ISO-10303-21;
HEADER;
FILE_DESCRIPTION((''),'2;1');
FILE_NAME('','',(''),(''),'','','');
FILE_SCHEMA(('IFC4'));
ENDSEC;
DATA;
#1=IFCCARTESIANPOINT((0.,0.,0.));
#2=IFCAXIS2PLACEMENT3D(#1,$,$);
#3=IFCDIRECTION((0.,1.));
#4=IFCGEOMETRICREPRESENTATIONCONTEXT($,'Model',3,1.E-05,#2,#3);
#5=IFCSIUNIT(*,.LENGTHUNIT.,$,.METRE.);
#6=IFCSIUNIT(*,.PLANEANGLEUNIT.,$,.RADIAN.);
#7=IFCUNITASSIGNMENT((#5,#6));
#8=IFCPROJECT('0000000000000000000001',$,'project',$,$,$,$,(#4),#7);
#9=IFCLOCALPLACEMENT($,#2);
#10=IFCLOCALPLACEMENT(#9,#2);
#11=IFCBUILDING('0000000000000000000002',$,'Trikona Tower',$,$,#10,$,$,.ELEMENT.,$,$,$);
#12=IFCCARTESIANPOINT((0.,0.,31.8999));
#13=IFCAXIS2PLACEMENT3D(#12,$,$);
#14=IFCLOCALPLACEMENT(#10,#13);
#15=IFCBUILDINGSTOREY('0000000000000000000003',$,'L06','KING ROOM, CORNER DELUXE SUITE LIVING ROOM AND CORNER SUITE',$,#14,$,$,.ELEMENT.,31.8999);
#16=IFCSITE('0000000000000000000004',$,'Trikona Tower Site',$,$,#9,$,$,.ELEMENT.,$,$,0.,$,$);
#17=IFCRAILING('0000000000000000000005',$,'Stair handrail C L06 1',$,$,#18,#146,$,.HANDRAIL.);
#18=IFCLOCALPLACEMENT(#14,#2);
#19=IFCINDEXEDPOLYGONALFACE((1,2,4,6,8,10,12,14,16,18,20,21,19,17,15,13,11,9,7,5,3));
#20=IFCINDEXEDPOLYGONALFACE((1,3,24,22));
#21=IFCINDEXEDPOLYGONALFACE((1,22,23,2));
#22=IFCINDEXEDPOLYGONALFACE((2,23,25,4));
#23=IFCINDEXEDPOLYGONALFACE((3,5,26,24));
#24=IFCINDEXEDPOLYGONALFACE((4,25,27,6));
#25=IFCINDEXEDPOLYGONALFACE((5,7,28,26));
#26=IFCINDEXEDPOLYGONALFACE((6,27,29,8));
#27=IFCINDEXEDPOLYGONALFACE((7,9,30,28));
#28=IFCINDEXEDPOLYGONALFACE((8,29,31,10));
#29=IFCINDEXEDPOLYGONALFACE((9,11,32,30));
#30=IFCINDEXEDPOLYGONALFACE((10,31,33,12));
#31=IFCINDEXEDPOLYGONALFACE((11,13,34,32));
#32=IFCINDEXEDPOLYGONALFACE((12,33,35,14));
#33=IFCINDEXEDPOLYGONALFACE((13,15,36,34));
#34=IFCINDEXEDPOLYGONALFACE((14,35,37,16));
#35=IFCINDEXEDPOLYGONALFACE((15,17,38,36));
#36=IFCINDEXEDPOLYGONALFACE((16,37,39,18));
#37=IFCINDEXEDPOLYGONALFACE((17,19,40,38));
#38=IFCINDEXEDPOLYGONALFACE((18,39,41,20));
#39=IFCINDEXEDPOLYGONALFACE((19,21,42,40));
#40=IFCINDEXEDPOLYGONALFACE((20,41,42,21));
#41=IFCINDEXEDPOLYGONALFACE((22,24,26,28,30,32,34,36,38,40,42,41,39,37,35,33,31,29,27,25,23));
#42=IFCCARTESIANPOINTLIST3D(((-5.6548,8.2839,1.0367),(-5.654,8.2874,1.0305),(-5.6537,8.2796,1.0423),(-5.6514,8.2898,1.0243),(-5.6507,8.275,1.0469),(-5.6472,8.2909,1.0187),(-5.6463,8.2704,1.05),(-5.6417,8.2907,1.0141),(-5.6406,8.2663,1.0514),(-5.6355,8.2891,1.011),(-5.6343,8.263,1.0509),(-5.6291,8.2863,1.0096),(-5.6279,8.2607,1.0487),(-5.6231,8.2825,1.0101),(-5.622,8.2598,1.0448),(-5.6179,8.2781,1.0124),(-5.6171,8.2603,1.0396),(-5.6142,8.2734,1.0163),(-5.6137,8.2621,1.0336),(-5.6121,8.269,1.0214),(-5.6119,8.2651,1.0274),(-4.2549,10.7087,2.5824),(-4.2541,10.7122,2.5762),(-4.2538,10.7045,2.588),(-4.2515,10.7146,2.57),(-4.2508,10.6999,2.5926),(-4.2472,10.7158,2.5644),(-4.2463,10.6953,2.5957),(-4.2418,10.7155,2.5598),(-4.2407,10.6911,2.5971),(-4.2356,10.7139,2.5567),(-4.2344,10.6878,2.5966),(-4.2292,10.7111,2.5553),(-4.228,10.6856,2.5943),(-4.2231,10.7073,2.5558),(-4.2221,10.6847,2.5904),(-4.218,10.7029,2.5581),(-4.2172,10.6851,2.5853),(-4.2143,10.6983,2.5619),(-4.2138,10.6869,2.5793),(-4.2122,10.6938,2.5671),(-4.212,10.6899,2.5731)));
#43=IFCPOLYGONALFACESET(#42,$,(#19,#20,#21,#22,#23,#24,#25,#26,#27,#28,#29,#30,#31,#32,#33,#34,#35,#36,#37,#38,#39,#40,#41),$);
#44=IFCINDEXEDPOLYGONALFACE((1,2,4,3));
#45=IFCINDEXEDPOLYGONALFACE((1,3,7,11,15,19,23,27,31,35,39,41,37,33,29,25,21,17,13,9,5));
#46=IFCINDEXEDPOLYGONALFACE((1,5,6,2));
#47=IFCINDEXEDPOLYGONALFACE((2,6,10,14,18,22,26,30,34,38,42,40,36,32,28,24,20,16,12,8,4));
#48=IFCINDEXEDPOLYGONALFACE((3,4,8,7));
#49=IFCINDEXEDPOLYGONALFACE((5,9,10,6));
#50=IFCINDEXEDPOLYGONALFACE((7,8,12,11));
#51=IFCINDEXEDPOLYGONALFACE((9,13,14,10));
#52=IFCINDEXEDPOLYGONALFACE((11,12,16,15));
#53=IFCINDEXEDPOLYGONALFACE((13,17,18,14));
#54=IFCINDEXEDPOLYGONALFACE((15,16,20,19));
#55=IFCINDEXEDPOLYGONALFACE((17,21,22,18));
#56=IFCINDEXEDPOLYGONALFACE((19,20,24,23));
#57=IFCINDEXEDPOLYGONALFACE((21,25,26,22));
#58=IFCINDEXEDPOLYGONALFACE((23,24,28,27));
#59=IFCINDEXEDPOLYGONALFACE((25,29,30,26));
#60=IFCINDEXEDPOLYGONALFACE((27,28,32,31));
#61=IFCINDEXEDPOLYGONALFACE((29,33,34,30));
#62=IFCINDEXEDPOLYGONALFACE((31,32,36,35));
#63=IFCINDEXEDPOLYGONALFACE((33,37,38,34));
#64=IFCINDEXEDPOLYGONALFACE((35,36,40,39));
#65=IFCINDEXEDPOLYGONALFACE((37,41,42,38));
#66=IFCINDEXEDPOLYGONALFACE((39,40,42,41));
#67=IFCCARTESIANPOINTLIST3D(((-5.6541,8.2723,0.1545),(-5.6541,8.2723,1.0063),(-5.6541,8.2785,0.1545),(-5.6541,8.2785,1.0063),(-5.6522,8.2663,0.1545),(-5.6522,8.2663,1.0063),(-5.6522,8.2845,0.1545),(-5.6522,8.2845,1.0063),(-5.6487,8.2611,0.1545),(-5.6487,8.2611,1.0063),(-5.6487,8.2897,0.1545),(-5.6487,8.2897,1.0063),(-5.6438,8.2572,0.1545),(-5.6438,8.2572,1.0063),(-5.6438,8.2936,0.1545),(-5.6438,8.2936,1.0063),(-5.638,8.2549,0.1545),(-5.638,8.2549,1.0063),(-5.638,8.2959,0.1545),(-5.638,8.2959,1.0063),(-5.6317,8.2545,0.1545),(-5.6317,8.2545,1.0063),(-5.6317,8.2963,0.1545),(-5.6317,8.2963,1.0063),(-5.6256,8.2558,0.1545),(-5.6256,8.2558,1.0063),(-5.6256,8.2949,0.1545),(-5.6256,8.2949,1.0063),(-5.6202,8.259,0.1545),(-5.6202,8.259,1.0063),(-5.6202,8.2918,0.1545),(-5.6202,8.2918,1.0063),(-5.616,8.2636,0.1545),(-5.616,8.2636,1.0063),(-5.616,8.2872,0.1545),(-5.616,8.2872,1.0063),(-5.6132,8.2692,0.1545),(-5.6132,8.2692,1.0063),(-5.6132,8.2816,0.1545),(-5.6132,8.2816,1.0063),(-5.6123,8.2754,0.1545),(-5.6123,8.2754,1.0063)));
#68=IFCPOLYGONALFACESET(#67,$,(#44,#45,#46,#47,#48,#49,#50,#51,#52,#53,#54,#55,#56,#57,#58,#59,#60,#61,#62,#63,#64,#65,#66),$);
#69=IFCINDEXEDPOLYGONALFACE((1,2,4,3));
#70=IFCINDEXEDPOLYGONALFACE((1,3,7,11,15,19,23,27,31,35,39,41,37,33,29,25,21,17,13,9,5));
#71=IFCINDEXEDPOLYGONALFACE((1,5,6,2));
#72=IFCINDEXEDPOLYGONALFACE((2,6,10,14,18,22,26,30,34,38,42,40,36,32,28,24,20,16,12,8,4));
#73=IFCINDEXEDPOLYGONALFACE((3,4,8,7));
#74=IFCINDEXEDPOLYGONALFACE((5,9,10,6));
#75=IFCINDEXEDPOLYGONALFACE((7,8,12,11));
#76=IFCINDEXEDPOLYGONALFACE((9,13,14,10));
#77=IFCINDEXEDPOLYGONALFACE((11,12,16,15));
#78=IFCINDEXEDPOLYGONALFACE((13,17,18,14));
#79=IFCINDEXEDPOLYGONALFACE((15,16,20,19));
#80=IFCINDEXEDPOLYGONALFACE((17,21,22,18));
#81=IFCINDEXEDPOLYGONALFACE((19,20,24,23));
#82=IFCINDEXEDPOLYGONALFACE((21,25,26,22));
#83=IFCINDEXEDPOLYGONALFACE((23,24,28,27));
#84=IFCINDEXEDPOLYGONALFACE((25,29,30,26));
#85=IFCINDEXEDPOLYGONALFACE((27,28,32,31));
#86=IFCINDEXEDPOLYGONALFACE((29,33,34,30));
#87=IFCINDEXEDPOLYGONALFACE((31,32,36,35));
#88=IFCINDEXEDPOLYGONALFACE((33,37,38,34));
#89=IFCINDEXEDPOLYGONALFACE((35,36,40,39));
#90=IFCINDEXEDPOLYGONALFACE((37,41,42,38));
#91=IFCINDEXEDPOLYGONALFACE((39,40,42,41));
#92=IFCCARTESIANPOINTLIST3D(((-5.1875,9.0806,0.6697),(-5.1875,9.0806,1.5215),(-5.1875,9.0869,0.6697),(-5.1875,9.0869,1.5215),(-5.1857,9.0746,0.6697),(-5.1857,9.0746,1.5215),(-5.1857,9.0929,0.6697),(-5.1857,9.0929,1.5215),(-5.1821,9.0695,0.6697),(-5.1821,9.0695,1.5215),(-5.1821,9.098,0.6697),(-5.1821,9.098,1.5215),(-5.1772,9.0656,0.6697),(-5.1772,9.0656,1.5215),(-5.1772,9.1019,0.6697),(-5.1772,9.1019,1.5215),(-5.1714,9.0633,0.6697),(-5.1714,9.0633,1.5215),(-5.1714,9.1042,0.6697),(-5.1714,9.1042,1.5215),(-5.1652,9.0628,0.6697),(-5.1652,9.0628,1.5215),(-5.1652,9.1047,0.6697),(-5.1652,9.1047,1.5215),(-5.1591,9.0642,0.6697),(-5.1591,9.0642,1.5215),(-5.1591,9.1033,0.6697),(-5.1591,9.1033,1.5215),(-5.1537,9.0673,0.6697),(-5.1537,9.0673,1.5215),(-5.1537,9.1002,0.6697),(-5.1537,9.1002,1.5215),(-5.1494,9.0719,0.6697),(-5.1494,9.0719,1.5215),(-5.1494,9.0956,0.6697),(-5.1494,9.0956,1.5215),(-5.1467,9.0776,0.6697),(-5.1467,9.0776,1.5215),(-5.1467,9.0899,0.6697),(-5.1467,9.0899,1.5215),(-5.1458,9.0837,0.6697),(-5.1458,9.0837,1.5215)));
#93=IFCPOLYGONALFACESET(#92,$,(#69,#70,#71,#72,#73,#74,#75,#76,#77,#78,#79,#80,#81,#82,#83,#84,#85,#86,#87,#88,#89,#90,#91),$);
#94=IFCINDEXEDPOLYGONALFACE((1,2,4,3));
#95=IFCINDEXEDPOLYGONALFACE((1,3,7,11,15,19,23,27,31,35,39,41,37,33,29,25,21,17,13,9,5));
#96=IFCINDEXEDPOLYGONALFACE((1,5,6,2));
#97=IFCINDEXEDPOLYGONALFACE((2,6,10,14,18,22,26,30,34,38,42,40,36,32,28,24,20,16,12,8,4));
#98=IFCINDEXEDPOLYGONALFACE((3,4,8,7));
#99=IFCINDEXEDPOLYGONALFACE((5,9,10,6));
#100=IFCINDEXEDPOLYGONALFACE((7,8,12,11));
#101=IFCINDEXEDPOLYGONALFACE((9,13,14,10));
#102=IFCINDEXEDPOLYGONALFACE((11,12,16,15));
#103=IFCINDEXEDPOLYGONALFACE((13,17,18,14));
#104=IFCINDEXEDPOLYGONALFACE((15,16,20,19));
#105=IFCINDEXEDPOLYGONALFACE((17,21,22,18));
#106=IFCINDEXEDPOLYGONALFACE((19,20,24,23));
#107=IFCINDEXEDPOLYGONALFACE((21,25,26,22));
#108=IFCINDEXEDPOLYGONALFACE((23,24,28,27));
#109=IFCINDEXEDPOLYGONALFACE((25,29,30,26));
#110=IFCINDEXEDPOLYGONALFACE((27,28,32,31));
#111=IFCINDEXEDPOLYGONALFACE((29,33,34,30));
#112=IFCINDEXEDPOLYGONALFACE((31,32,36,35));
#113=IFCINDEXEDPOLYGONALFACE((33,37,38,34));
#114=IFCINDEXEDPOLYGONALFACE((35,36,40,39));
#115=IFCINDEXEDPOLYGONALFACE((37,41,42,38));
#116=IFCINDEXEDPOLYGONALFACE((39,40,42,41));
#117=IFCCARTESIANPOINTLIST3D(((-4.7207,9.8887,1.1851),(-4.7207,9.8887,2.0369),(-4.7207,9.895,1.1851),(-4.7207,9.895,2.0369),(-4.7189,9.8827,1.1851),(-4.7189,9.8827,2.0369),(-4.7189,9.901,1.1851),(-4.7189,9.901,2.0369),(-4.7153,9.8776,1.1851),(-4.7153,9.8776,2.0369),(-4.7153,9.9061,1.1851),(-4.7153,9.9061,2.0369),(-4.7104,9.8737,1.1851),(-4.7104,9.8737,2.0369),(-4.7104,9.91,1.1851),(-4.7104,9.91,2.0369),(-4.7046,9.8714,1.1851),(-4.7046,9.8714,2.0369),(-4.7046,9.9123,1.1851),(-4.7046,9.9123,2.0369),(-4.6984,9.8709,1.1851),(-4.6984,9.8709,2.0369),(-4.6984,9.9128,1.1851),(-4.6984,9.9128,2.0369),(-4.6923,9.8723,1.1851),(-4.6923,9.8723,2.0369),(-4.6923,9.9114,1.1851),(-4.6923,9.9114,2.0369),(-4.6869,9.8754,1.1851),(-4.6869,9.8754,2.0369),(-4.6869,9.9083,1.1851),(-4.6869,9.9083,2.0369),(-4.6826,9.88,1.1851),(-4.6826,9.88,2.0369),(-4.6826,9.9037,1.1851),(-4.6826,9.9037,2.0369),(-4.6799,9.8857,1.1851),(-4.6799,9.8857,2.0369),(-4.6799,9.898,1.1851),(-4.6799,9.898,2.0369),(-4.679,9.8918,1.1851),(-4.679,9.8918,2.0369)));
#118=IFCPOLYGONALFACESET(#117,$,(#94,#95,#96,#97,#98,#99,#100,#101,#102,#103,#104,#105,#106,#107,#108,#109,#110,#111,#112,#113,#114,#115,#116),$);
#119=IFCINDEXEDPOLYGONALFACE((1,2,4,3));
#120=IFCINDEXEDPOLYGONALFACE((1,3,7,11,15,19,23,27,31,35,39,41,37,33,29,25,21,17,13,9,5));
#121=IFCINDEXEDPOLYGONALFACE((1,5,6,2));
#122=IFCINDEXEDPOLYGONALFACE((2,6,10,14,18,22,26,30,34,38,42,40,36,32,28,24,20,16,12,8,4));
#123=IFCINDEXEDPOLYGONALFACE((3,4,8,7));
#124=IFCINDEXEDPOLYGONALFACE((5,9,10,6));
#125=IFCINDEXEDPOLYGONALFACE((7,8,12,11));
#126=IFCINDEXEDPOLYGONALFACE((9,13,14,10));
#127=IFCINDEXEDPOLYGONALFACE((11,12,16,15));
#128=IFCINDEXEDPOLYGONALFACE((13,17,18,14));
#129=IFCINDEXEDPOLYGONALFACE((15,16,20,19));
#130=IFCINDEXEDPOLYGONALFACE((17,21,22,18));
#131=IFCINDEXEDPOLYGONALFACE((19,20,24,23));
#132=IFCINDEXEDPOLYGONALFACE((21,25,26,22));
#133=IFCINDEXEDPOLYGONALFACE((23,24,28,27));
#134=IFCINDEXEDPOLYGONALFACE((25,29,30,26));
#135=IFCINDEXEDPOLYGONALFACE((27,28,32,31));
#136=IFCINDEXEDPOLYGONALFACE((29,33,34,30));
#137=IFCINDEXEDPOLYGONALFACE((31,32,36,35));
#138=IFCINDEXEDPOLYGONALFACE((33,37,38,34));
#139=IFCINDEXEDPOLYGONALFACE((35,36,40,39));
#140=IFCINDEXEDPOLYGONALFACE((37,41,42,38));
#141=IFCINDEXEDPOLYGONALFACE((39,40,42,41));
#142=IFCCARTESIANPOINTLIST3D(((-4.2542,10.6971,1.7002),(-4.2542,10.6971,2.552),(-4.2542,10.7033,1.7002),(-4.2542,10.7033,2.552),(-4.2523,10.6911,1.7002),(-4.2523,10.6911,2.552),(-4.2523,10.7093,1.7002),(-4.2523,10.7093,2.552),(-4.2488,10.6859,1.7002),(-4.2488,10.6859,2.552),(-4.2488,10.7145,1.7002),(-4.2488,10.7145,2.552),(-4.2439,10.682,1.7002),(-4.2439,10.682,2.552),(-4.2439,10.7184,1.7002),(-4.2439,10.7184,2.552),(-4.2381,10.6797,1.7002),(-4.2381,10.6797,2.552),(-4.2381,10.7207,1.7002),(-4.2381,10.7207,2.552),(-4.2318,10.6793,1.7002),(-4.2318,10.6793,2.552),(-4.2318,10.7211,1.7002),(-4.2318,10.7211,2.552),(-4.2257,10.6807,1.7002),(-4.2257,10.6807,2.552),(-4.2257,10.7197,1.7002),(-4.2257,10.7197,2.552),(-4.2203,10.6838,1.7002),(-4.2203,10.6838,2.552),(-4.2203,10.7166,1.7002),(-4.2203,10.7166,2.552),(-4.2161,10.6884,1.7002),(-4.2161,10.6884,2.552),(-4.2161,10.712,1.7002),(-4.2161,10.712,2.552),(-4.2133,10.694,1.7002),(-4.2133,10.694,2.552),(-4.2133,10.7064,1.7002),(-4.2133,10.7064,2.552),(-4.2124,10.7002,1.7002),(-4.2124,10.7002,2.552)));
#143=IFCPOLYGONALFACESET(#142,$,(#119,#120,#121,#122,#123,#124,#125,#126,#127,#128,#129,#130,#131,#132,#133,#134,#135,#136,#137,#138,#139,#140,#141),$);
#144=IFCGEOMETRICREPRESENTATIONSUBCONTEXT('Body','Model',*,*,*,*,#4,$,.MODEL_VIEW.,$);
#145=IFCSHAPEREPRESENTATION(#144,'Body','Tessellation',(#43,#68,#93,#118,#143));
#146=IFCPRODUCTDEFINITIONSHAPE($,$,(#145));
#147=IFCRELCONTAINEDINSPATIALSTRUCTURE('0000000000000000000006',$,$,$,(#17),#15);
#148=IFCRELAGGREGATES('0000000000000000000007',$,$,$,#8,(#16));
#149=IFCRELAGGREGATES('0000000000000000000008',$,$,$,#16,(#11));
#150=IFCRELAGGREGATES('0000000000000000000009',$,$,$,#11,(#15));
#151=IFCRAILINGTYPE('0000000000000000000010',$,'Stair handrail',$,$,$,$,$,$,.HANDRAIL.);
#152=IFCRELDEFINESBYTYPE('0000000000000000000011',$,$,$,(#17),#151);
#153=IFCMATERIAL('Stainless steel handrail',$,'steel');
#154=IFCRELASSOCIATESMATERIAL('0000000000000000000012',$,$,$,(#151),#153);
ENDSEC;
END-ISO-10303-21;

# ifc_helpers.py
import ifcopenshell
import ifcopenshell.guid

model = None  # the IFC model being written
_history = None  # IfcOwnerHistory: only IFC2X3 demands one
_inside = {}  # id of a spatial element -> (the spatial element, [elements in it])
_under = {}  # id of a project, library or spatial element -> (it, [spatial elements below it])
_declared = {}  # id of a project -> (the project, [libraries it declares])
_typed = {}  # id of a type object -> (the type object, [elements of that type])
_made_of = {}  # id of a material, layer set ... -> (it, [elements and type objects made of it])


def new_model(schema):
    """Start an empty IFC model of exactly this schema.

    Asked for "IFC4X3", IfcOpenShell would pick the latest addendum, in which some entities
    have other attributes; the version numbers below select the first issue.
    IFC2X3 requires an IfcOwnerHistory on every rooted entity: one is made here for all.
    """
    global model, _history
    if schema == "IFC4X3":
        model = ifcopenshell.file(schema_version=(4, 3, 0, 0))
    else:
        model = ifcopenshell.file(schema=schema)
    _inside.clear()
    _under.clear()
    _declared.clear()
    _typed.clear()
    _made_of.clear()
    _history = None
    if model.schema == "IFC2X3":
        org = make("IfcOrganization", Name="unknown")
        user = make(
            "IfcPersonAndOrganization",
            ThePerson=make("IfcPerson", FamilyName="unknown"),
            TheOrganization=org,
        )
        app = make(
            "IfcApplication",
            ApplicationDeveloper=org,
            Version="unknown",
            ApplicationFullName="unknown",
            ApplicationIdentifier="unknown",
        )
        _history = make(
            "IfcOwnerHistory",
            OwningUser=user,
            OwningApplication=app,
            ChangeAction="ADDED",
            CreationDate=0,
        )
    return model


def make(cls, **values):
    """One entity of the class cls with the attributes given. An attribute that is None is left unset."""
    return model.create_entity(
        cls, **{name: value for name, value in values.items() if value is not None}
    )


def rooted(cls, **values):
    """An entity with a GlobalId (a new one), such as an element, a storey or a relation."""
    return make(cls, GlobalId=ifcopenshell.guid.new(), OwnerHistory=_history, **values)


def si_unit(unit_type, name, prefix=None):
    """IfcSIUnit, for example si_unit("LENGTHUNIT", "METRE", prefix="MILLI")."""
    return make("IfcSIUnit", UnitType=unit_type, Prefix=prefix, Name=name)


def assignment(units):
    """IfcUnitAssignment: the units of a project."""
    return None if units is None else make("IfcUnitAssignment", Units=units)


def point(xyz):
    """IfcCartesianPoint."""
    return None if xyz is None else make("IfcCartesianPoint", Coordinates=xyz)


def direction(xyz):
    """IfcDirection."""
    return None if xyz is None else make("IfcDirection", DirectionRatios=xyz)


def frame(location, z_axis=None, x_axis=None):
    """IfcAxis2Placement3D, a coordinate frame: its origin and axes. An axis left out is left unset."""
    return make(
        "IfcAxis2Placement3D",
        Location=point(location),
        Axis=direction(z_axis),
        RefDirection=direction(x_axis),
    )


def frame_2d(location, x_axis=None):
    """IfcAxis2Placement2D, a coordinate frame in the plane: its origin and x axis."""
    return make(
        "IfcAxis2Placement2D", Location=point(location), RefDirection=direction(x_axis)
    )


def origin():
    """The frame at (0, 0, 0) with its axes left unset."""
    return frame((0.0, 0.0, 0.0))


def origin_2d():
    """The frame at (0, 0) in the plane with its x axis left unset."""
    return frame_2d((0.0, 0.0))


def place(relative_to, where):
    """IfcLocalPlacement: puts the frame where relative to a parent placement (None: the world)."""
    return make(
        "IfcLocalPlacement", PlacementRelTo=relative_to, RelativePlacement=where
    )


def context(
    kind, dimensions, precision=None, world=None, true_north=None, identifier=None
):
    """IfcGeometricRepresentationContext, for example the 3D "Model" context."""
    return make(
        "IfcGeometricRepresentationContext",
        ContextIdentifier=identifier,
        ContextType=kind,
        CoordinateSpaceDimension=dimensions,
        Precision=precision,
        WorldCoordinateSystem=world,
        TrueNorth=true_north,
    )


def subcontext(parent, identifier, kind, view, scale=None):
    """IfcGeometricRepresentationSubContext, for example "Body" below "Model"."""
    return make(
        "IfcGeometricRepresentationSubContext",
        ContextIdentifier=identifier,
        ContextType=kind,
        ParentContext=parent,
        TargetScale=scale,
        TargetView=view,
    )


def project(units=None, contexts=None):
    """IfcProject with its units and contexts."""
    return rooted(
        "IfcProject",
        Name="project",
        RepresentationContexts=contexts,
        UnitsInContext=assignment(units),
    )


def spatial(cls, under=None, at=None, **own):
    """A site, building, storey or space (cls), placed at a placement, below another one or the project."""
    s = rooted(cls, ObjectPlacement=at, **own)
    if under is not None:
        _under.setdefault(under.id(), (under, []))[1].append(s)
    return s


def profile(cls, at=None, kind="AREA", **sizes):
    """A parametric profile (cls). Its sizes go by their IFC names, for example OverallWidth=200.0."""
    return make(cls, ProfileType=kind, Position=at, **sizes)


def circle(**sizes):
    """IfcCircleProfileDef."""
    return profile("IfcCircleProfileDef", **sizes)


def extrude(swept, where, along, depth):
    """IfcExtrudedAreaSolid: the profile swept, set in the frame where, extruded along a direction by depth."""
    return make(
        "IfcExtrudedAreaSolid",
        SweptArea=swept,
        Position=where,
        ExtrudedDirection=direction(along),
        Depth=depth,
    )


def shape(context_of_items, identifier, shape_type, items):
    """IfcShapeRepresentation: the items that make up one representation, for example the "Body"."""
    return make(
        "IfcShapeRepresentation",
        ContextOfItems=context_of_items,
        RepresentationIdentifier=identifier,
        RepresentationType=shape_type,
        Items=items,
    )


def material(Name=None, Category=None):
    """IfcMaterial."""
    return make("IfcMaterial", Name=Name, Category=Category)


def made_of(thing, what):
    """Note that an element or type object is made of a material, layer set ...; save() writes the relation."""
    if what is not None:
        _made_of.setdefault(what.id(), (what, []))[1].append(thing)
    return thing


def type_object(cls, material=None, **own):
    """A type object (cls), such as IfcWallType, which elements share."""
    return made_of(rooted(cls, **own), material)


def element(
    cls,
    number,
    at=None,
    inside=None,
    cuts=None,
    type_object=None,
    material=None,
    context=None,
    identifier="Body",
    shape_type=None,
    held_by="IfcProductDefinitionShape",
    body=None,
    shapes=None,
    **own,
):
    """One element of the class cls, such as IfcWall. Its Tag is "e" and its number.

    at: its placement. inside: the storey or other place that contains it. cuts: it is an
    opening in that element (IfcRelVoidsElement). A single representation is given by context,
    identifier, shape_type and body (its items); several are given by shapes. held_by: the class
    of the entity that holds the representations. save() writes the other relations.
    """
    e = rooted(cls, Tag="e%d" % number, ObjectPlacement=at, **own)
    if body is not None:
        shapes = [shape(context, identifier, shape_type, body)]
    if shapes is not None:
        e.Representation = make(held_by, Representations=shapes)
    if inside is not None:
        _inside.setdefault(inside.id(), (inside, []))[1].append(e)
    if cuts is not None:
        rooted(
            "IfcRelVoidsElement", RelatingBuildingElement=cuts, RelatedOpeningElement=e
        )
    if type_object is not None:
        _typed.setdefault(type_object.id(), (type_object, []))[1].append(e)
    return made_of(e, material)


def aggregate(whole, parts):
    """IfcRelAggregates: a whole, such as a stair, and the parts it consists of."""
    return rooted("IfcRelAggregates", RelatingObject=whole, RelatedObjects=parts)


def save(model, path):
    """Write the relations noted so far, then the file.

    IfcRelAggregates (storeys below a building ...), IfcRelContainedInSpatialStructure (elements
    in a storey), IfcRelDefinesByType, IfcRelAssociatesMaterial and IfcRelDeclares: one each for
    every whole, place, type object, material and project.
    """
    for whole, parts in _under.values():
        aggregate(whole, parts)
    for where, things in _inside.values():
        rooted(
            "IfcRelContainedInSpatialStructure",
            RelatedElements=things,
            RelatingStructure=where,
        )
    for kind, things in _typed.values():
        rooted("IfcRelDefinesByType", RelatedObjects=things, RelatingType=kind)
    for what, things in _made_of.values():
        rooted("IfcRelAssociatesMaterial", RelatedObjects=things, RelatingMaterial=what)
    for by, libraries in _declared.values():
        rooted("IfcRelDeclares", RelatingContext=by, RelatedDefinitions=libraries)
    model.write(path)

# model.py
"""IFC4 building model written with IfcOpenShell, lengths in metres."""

from ifc_helpers import new_model, si_unit, direction, frame, origin, origin_2d, place, context, subcontext, project, spatial, circle, extrude, material, type_object, element, save


model = new_model("IFC4")

# Units and contexts
model_context = context("Model", 3, precision=1e-05, world=origin(), true_north=direction((0.0, 1.0)))
body_context = subcontext(model_context, "Body", "Model", "MODEL_VIEW")
ifc_project = project(units=[si_unit("LENGTHUNIT", "METRE"), si_unit("PLANEANGLEUNIT", "RADIAN")], contexts=[model_context])

# Site, building, storey
site_placement = place(None, origin())
site = spatial("IfcSite", under=ifc_project, at=site_placement, Name="Trikona Tower Site", CompositionType="ELEMENT", RefElevation=0.0)
building_placement = place(site_placement, origin())
building = spatial("IfcBuilding", under=site, at=building_placement, Name="Trikona Tower", CompositionType="ELEMENT")
storey_placement = place(building_placement, frame((0.0, 0.0, 31.8999)))
storey = spatial("IfcBuildingStorey", under=building, at=storey_placement, Name="L06", Description="KING ROOM, CORNER DELUXE SUITE LIVING ROOM AND CORNER SUITE", CompositionType="ELEMENT", Elevation=31.8999)

# Railing
ifc_material_1 = material(Name="Stainless steel handrail", Category="steel")
railing_type = type_object("IfcRailingType", Name="Stair handrail", PredefinedType="HANDRAIL", material=ifc_material_1)
railing_1_placement = place(storey_placement, frame((-5.6333, 8.2754, 0.1545)))
element("IfcRailing", 1, at=railing_1_placement, inside=storey, type_object=railing_type, Name="Stair handrail C L06 1", PredefinedType="HANDRAIL", context=body_context, shape_type="SweptSolid", body=[
    extrude(circle(Radius=0.0239, at=origin_2d()), frame((0.0, 0.0, 0.876), z_axis=(0.437716, 0.758179, 0.48329), x_axis=(-0.866035, 0.499984, 0.0)), (0.0, 0.0, 1.0), 3.1982),
    extrude(circle(Radius=0.021, at=origin_2d()), origin(), (0.0, 0.0, 1.0), 0.8518),
    extrude(circle(Radius=0.021, at=origin_2d()), frame((0.4666, 0.8083, 0.5151)), (0.0, 0.0, 1.0), 0.8518),
    extrude(circle(Radius=0.021, at=origin_2d()), frame((0.9333, 1.6165, 1.0305)), (0.0, 0.0, 1.0), 0.8518),
    extrude(circle(Radius=0.021, at=origin_2d()), frame((1.3999, 2.4248, 1.5457)), (0.0, 0.0, 1.0), 0.8518),
])

save(model, "model.ifc")
